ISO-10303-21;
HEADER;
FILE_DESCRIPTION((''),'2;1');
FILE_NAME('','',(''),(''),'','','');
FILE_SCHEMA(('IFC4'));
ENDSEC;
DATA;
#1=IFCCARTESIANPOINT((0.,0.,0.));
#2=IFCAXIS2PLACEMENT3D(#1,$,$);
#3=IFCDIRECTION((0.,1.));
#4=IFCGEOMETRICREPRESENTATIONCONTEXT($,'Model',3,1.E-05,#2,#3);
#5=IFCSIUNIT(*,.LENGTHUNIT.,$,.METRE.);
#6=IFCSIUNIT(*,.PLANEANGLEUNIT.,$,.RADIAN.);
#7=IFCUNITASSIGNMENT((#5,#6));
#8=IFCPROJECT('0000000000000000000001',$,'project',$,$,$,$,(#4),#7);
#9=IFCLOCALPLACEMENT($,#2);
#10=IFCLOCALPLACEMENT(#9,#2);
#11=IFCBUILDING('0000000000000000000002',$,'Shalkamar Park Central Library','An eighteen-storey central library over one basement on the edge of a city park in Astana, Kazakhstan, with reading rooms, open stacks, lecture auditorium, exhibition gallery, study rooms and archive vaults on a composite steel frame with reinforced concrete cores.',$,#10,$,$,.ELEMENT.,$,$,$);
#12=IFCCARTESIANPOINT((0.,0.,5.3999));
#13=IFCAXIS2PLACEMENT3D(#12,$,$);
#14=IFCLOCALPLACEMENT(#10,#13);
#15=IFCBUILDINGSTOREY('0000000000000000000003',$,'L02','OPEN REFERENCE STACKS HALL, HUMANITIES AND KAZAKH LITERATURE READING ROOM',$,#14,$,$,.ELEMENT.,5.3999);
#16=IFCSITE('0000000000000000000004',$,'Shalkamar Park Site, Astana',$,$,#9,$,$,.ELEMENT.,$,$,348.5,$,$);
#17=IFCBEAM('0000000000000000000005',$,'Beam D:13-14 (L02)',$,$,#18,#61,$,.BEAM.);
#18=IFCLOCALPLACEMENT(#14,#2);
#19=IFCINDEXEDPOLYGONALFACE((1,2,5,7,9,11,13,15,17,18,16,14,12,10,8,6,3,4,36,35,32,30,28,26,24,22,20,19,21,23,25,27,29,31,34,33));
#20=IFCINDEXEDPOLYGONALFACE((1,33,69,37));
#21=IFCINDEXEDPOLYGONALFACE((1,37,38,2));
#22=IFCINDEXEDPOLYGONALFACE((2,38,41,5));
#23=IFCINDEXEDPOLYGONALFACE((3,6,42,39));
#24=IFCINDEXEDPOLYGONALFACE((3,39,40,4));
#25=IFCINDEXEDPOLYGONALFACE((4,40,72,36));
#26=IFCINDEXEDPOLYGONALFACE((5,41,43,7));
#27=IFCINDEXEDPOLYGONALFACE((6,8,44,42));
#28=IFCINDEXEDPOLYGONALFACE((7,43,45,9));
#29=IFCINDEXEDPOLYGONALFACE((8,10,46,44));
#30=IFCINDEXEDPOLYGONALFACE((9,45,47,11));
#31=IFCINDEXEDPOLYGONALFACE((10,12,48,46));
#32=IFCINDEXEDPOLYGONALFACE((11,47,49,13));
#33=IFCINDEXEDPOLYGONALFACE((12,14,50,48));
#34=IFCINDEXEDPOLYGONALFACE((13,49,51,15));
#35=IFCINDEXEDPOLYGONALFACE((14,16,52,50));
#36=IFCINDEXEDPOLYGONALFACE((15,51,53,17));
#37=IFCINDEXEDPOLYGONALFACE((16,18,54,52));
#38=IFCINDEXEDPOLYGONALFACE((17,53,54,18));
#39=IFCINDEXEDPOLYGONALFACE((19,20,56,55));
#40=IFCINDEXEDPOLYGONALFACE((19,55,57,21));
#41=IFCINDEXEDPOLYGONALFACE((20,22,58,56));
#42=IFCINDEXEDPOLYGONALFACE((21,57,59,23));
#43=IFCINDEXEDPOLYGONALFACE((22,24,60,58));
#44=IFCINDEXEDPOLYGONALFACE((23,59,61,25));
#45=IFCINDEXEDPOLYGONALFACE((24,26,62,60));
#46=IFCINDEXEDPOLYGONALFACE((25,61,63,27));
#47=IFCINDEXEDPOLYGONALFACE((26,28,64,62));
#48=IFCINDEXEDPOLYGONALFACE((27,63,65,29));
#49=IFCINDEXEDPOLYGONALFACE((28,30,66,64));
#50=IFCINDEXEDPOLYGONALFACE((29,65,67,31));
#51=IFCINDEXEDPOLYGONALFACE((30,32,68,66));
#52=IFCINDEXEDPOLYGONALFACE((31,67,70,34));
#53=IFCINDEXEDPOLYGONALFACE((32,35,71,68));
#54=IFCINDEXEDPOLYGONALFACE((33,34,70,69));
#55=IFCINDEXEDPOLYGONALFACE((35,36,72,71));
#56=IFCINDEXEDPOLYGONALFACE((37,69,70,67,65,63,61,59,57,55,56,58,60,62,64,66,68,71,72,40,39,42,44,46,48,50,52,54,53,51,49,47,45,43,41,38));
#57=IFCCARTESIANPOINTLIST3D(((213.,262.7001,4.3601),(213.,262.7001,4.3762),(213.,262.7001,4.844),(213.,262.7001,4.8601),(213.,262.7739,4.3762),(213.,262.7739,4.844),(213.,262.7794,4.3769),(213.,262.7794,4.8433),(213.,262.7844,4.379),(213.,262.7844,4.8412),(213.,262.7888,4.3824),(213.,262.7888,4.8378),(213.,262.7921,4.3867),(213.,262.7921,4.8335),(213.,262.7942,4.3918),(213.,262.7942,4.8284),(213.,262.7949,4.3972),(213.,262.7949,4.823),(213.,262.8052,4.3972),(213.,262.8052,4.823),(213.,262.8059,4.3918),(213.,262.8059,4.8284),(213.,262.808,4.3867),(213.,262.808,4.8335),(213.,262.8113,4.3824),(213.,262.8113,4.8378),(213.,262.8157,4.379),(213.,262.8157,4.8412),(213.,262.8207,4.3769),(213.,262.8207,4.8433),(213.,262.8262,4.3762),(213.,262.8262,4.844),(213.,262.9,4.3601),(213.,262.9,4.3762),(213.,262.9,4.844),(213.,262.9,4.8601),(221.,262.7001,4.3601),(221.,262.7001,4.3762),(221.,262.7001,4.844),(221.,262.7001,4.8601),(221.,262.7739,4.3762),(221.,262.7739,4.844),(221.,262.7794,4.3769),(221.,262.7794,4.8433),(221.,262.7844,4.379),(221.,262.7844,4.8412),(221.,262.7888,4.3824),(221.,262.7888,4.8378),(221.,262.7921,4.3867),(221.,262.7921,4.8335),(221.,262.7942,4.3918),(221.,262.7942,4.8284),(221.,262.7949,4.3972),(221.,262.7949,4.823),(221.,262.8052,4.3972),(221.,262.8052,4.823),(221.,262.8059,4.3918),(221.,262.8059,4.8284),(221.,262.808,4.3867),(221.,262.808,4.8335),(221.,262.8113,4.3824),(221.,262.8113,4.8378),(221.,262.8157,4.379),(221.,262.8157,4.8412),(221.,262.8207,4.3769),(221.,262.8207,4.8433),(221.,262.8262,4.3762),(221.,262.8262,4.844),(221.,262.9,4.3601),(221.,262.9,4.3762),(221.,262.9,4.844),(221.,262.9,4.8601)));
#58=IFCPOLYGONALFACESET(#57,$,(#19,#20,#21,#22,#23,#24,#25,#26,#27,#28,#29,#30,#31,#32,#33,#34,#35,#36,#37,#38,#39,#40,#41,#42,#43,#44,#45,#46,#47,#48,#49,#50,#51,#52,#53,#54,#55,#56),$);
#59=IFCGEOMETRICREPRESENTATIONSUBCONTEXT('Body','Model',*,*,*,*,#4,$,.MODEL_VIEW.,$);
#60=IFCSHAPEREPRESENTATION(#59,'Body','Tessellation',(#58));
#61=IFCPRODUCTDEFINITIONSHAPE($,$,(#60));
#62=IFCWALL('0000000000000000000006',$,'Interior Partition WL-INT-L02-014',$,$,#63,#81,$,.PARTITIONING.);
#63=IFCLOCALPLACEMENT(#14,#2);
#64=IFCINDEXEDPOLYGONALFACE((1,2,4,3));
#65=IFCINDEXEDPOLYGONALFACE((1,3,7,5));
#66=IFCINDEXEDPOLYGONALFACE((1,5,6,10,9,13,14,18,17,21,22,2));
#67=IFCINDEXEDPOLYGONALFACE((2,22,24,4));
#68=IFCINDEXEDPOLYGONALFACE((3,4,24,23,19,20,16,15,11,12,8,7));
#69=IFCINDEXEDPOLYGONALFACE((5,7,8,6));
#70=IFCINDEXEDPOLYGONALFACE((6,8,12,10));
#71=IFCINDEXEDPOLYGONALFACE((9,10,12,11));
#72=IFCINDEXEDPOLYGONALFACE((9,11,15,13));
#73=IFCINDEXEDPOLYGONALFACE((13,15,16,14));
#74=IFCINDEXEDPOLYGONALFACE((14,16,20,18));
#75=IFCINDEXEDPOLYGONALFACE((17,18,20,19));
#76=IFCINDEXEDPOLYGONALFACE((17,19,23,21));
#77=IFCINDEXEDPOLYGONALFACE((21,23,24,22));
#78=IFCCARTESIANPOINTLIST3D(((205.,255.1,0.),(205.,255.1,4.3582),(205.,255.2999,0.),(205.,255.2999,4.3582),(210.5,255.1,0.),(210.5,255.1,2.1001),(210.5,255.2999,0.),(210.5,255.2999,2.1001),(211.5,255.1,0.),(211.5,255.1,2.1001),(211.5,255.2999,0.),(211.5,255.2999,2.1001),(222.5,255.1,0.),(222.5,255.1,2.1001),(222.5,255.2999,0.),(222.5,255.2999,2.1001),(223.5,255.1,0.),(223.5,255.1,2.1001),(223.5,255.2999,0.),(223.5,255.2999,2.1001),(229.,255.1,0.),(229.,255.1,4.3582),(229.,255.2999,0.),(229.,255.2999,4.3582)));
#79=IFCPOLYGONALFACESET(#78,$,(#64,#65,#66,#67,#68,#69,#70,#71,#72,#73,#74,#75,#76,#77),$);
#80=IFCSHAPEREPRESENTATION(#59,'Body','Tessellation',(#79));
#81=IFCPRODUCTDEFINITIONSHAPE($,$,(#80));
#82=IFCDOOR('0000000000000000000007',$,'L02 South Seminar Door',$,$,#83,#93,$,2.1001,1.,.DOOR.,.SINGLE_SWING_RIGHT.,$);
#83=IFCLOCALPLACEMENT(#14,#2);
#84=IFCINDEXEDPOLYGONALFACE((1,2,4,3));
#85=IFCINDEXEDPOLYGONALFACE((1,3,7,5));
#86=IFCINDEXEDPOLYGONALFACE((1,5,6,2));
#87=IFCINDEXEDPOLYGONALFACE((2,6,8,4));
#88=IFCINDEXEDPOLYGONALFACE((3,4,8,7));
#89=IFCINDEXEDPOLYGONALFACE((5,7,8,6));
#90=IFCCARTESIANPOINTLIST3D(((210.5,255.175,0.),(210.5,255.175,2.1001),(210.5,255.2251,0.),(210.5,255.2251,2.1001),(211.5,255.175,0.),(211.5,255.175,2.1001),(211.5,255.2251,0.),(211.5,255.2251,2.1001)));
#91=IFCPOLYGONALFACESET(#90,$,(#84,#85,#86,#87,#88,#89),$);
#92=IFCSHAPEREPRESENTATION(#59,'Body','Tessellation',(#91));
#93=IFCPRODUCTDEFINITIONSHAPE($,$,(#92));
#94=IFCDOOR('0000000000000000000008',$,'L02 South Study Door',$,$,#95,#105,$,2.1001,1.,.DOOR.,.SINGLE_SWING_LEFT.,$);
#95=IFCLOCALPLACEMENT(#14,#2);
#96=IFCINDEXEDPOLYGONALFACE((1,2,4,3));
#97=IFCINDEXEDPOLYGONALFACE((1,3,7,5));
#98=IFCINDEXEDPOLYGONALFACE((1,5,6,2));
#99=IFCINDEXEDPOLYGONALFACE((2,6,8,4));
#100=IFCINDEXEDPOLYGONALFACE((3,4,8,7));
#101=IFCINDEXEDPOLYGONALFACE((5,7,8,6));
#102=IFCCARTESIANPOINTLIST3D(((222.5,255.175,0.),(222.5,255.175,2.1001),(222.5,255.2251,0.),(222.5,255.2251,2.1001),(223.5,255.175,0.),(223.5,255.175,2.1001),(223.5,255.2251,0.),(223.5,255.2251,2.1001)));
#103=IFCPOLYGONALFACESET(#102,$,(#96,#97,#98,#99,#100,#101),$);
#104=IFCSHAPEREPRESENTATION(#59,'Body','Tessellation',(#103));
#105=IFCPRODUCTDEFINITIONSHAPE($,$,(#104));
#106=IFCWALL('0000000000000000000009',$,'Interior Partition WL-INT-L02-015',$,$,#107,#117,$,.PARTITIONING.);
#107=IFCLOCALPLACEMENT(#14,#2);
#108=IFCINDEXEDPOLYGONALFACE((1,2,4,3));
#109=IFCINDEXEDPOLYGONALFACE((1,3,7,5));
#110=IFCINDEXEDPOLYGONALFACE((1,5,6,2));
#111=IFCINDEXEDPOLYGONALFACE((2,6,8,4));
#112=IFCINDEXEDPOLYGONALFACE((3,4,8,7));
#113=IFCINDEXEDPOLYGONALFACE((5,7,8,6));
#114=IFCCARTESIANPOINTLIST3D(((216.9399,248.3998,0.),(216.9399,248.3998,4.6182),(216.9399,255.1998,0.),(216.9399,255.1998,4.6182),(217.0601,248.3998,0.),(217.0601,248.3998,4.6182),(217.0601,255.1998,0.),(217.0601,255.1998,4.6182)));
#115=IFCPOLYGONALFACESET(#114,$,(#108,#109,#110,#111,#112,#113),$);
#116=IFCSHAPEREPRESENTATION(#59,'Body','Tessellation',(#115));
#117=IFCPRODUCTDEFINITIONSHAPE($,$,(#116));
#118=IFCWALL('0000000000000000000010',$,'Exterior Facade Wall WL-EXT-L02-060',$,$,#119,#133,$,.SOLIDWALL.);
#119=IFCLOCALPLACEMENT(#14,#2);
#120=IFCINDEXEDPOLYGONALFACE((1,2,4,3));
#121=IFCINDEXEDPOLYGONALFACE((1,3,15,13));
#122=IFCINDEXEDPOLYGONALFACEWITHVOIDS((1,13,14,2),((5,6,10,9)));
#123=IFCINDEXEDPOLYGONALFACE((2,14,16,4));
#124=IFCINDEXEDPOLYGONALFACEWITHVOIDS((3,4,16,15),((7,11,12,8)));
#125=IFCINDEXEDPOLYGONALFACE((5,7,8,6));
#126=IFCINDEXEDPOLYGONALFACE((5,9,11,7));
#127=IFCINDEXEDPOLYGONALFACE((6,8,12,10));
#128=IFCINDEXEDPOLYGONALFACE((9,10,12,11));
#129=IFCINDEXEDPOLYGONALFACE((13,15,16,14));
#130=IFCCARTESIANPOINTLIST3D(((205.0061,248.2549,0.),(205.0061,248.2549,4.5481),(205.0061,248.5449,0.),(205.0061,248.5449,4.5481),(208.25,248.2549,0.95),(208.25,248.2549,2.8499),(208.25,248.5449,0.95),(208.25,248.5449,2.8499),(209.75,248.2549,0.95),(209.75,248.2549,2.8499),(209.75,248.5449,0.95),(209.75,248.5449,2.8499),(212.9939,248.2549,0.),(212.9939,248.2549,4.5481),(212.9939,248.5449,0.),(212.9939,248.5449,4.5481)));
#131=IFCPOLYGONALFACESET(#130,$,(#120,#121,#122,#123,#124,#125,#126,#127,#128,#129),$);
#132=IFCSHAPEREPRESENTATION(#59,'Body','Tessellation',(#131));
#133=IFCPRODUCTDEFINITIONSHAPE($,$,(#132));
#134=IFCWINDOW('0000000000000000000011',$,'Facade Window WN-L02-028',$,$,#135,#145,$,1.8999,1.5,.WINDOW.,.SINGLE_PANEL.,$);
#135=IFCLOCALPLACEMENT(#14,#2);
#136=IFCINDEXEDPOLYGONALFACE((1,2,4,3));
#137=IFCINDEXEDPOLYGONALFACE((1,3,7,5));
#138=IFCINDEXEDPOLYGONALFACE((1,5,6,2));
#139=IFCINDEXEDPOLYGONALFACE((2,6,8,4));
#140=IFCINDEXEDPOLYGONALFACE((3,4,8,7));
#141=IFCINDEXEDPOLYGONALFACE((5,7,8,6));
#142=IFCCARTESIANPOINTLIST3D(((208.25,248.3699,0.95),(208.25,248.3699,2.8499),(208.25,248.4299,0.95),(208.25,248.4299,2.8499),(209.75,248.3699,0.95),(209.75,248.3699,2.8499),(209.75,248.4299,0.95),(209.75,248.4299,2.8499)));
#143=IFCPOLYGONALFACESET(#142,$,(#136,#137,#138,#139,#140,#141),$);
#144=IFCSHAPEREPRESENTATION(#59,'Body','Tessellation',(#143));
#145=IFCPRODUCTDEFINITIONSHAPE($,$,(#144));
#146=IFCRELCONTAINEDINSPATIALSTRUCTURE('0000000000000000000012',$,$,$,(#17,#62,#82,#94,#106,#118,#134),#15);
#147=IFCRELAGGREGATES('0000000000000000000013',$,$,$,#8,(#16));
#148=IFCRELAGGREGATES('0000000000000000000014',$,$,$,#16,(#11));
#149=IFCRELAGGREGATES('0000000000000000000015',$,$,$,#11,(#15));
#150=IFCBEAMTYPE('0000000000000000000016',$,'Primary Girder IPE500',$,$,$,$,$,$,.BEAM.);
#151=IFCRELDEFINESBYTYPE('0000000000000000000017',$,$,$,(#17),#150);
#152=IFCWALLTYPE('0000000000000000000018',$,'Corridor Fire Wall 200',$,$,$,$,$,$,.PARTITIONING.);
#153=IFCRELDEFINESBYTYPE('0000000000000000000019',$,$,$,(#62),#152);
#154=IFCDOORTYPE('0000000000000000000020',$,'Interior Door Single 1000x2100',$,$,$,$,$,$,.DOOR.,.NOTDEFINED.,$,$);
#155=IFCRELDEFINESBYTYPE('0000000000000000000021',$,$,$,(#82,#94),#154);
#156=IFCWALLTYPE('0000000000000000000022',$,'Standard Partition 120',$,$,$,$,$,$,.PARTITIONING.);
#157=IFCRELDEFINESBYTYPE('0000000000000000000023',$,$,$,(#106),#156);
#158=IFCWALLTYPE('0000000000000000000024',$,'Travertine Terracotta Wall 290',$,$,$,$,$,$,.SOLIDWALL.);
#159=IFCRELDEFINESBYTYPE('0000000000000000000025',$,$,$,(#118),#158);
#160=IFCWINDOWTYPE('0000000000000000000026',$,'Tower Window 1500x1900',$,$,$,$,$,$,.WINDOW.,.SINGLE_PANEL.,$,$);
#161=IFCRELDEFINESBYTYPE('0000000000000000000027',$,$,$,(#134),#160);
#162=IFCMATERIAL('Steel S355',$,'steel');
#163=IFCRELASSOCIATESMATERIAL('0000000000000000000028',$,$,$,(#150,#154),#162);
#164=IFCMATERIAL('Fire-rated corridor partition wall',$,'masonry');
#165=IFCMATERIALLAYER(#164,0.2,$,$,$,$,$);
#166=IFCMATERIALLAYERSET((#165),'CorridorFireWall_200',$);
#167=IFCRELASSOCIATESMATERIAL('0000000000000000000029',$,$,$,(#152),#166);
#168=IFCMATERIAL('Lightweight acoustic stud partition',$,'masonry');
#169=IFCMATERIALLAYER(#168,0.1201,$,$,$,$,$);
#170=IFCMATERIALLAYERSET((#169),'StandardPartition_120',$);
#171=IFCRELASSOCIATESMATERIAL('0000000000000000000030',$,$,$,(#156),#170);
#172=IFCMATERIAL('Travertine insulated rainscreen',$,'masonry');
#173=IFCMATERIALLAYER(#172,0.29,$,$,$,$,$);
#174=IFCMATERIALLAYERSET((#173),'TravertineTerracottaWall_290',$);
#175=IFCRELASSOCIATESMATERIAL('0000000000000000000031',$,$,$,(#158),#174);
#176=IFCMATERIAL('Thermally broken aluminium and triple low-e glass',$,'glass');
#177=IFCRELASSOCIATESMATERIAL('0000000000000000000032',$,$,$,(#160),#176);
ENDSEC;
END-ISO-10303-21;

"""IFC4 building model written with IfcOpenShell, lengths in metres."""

from ifc_helpers import new_model, si_unit, direction, frame, frame_2d, origin, origin_2d, place, context, subcontext, project, spatial, rectangle, i_section, extrude, material, layer, layer_set, material_profile, profile_set, type_object, element, fill, save


model = new_model("IFC4")

# Units and contexts
model_context = context("Model", 3, precision=1e-05, world=origin(), true_north=direction((0.0, 1.0)))
body_context = subcontext(model_context, "Body", "Model", "MODEL_VIEW")
ifc_project = project(units=[si_unit("LENGTHUNIT", "METRE"), si_unit("PLANEANGLEUNIT", "RADIAN")], contexts=[model_context])

# Site, building, storey
site_placement = place(None, origin())
site = spatial("IfcSite", under=ifc_project, at=site_placement, Name="Shalkamar Park Site, Astana", CompositionType="ELEMENT", RefElevation=348.5)
building_placement = place(site_placement, origin())
building = spatial("IfcBuilding", under=site, at=building_placement, Name="Shalkamar Park Central Library", Description="An eighteen-storey central library over one basement on the edge of a city park in Astana, Kazakhstan, with reading rooms, open stacks, lecture auditorium, exhibition gallery, study rooms and archive vaults on a composite steel frame with reinforced concrete cores.", CompositionType="ELEMENT")
storey_placement = place(building_placement, frame((0.0, 0.0, 5.3999)))
storey = spatial("IfcBuildingStorey", under=building, at=storey_placement, Name="L02", Description="OPEN REFERENCE STACKS HALL, HUMANITIES AND KAZAKH LITERATURE READING ROOM", CompositionType="ELEMENT", Elevation=5.3999)

# Shared definitions
ifc_material_1 = material(Name="Steel S355", Category="steel")

# Beam
ifc_material_profile_1 = material_profile(ifc_material_1, i_section(OverallWidth=0.2, OverallDepth=0.5, WebThickness=0.0103, FlangeThickness=0.0161, FilletRadius=0.021, at=origin_2d()), Name="IPE 500")
ifc_profile_set_1 = profile_set([ifc_material_profile_1], Name="Steel S355")
beam_type_1 = type_object("IfcBeamType", Name="Primary Girder IPE500", PredefinedType="BEAM", material=ifc_profile_set_1)
for number, where, z_axis, x_axis, name in (
    (1, (213.0, 262.8, 4.6101), (1.0, 0.0, 0.0), (0.0, 1.0, 0.0), "Beam D:13-14 (L02)"),
):
    element("IfcBeam", number, at=place(storey_placement, frame(where, z_axis=z_axis, x_axis=x_axis)), inside=storey, type_object=beam_type_1, Name=name, PredefinedType="BEAM", context=body_context, shape_type="SweptSolid", body=[
        extrude(i_section(OverallWidth=0.2, OverallDepth=0.5, WebThickness=0.0103, FlangeThickness=0.0161, FilletRadius=0.021, at=origin_2d()), origin(), (0.0, 0.0, 1.0), 8.0),
    ])

# Wall, openings, doors
ifc_material_2 = material(Name="Fire-rated corridor partition wall", Category="masonry")
ifc_layer_1 = layer(ifc_material_2, 0.2)
ifc_layer_set_1 = layer_set([ifc_layer_1], Name="CorridorFireWall_200")
wall_type_1 = type_object("IfcWallType", Name="Corridor Fire Wall 200", PredefinedType="PARTITIONING", material=ifc_layer_set_1)
wall_1_placement = place(storey_placement, frame((205.0, 255.2, 0.0), z_axis=(0.0, 0.0, 1.0), x_axis=(1.0, 0.0, 0.0)))
wall_1 = element("IfcWall", 2, at=wall_1_placement, inside=storey, type_object=wall_type_1, Name="Interior Partition WL-INT-L02-014", PredefinedType="PARTITIONING", context=body_context, shape_type="SweptSolid", body=[
    extrude(rectangle(XDim=24.0, YDim=0.2, at=frame_2d((12.0, 0.0))), origin(), (0.0, 0.0, 1.0), 4.3582),
])
opening_1_placement = place(wall_1_placement, frame((5.5, 0.0, 0.0)))
opening_1 = element("IfcOpeningElement", 3, at=opening_1_placement, cuts=wall_1, PredefinedType="OPENING", context=body_context, shape_type="SweptSolid", body=[
    extrude(rectangle(XDim=1.0, YDim=2.1001, at=frame_2d((0.5, 1.05))), frame((0.0, 0.1147, 0.0), z_axis=(0.0, -1.0, 0.0), x_axis=(1.0, 0.0, 0.0)), (0.0, 0.0, 1.0), 0.2297),
])
opening_2_placement = place(wall_1_placement, frame((17.5, 0.0, 0.0)))
opening_2 = element("IfcOpeningElement", 4, at=opening_2_placement, cuts=wall_1, PredefinedType="OPENING", context=body_context, shape_type="SweptSolid", body=[
    extrude(rectangle(XDim=1.0, YDim=2.1001, at=frame_2d((0.5, 1.05))), frame((0.0, 0.1147, 0.0), z_axis=(0.0, -1.0, 0.0), x_axis=(1.0, 0.0, 0.0)), (0.0, 0.0, 1.0), 0.2297),
])
door_type = type_object("IfcDoorType", Name="Interior Door Single 1000x2100", OperationType="NOTDEFINED", PredefinedType="DOOR", material=ifc_material_1)
door_1_placement = place(opening_1_placement, frame((1.0, 0.0, 0.0), z_axis=(0.0, 0.0, 1.0), x_axis=(-1.0, 0.0, 0.0)))
door_1 = element("IfcDoor", 5, at=door_1_placement, inside=storey, type_object=door_type, Name="L02 South Seminar Door", OperationType="SINGLE_SWING_RIGHT", OverallHeight=2.1001, OverallWidth=1.0, PredefinedType="DOOR", context=body_context, shape_type="SweptSolid", body=[
    extrude(rectangle(XDim=1.0, YDim=2.1001, at=frame_2d((0.5, 1.05))), frame((0.0, 0.0249, 0.0), z_axis=(0.0, -1.0, 0.0), x_axis=(1.0, 0.0, 0.0)), (0.0, 0.0, 1.0), 0.05),
])
fill(opening_1, door_1)
door_2_placement = place(opening_2_placement, frame((1.0, 0.0, 0.0), z_axis=(0.0, 0.0, 1.0), x_axis=(-1.0, 0.0, 0.0)))
door_2 = element("IfcDoor", 6, at=door_2_placement, inside=storey, type_object=door_type, Name="L02 South Study Door", OperationType="SINGLE_SWING_LEFT", OverallHeight=2.1001, OverallWidth=1.0, PredefinedType="DOOR", context=body_context, shape_type="SweptSolid", body=[
    extrude(rectangle(XDim=1.0, YDim=2.1001, at=frame_2d((0.5, 1.05))), frame((0.0, 0.0249, 0.0), z_axis=(0.0, -1.0, 0.0), x_axis=(1.0, 0.0, 0.0)), (0.0, 0.0, 1.0), 0.05),
])
fill(opening_2, door_2)

# Wall
ifc_material_3 = material(Name="Lightweight acoustic stud partition", Category="masonry")
ifc_layer_2 = layer(ifc_material_3, 0.1201)
ifc_layer_set_2 = layer_set([ifc_layer_2], Name="StandardPartition_120")
wall_type_2 = type_object("IfcWallType", Name="Standard Partition 120", PredefinedType="PARTITIONING", material=ifc_layer_set_2)
wall_2_placement = place(storey_placement, frame((217.0, 248.3999, 0.0), z_axis=(0.0, 0.0, 1.0), x_axis=(0.0, 1.0, 0.0)))
element("IfcWall", 7, at=wall_2_placement, inside=storey, type_object=wall_type_2, Name="Interior Partition WL-INT-L02-015", PredefinedType="PARTITIONING", context=body_context, shape_type="SweptSolid", body=[
    extrude(rectangle(XDim=6.8, YDim=0.1201, at=frame_2d((3.3999, 0.0))), origin(), (0.0, 0.0, 1.0), 4.6182),
])

# Wall, opening, window
ifc_material_4 = material(Name="Travertine insulated rainscreen", Category="masonry")
ifc_layer_3 = layer(ifc_material_4, 0.29)
ifc_layer_set_3 = layer_set([ifc_layer_3], Name="TravertineTerracottaWall_290")
wall_type_3 = type_object("IfcWallType", Name="Travertine Terracotta Wall 290", PredefinedType="SOLIDWALL", material=ifc_layer_set_3)
wall_3_placement = place(storey_placement, frame((205.0061, 248.3999, 0.0), z_axis=(0.0, 0.0, 1.0), x_axis=(1.0, 0.0, 0.0)))
wall_3 = element("IfcWall", 8, at=wall_3_placement, inside=storey, type_object=wall_type_3, Name="Exterior Facade Wall WL-EXT-L02-060", PredefinedType="SOLIDWALL", context=body_context, shape_type="SweptSolid", body=[
    extrude(rectangle(XDim=7.9878, YDim=0.29, at=frame_2d((3.9939, 0.0))), origin(), (0.0, 0.0, 1.0), 4.5481),
])
opening_3_placement = place(wall_3_placement, frame((3.2439, 0.0, 0.95)))
opening_3 = element("IfcOpeningElement", 9, at=opening_3_placement, cuts=wall_3, PredefinedType="OPENING", context=body_context, shape_type="SweptSolid", body=[
    extrude(rectangle(XDim=1.5, YDim=1.8999, at=frame_2d((0.75, 0.95))), frame((0.0, 0.1599, 0.0), z_axis=(0.0, -1.0, 0.0), x_axis=(1.0, 0.0, 0.0)), (0.0, 0.0, 1.0), 0.3198),
])
ifc_material_5 = material(Name="Thermally broken aluminium and triple low-e glass", Category="glass")
window_type_1 = type_object("IfcWindowType", Name="Tower Window 1500x1900", PartitioningType="SINGLE_PANEL", PredefinedType="WINDOW", material=ifc_material_5)
window_1_placement = place(opening_3_placement, origin())
window_1 = element("IfcWindow", 10, at=window_1_placement, inside=storey, type_object=window_type_1, Name="Facade Window WN-L02-028", OverallHeight=1.8999, OverallWidth=1.5, PartitioningType="SINGLE_PANEL", PredefinedType="WINDOW", context=body_context, shape_type="SweptSolid", body=[
    extrude(rectangle(XDim=1.5, YDim=1.8999, at=frame_2d((0.75, 0.95))), frame((0.0, 0.03, 0.0), z_axis=(0.0, -1.0, 0.0), x_axis=(1.0, 0.0, 0.0)), (0.0, 0.0, 1.0), 0.0601),
])
fill(opening_3, window_1)

save(model, "model.ifc")
